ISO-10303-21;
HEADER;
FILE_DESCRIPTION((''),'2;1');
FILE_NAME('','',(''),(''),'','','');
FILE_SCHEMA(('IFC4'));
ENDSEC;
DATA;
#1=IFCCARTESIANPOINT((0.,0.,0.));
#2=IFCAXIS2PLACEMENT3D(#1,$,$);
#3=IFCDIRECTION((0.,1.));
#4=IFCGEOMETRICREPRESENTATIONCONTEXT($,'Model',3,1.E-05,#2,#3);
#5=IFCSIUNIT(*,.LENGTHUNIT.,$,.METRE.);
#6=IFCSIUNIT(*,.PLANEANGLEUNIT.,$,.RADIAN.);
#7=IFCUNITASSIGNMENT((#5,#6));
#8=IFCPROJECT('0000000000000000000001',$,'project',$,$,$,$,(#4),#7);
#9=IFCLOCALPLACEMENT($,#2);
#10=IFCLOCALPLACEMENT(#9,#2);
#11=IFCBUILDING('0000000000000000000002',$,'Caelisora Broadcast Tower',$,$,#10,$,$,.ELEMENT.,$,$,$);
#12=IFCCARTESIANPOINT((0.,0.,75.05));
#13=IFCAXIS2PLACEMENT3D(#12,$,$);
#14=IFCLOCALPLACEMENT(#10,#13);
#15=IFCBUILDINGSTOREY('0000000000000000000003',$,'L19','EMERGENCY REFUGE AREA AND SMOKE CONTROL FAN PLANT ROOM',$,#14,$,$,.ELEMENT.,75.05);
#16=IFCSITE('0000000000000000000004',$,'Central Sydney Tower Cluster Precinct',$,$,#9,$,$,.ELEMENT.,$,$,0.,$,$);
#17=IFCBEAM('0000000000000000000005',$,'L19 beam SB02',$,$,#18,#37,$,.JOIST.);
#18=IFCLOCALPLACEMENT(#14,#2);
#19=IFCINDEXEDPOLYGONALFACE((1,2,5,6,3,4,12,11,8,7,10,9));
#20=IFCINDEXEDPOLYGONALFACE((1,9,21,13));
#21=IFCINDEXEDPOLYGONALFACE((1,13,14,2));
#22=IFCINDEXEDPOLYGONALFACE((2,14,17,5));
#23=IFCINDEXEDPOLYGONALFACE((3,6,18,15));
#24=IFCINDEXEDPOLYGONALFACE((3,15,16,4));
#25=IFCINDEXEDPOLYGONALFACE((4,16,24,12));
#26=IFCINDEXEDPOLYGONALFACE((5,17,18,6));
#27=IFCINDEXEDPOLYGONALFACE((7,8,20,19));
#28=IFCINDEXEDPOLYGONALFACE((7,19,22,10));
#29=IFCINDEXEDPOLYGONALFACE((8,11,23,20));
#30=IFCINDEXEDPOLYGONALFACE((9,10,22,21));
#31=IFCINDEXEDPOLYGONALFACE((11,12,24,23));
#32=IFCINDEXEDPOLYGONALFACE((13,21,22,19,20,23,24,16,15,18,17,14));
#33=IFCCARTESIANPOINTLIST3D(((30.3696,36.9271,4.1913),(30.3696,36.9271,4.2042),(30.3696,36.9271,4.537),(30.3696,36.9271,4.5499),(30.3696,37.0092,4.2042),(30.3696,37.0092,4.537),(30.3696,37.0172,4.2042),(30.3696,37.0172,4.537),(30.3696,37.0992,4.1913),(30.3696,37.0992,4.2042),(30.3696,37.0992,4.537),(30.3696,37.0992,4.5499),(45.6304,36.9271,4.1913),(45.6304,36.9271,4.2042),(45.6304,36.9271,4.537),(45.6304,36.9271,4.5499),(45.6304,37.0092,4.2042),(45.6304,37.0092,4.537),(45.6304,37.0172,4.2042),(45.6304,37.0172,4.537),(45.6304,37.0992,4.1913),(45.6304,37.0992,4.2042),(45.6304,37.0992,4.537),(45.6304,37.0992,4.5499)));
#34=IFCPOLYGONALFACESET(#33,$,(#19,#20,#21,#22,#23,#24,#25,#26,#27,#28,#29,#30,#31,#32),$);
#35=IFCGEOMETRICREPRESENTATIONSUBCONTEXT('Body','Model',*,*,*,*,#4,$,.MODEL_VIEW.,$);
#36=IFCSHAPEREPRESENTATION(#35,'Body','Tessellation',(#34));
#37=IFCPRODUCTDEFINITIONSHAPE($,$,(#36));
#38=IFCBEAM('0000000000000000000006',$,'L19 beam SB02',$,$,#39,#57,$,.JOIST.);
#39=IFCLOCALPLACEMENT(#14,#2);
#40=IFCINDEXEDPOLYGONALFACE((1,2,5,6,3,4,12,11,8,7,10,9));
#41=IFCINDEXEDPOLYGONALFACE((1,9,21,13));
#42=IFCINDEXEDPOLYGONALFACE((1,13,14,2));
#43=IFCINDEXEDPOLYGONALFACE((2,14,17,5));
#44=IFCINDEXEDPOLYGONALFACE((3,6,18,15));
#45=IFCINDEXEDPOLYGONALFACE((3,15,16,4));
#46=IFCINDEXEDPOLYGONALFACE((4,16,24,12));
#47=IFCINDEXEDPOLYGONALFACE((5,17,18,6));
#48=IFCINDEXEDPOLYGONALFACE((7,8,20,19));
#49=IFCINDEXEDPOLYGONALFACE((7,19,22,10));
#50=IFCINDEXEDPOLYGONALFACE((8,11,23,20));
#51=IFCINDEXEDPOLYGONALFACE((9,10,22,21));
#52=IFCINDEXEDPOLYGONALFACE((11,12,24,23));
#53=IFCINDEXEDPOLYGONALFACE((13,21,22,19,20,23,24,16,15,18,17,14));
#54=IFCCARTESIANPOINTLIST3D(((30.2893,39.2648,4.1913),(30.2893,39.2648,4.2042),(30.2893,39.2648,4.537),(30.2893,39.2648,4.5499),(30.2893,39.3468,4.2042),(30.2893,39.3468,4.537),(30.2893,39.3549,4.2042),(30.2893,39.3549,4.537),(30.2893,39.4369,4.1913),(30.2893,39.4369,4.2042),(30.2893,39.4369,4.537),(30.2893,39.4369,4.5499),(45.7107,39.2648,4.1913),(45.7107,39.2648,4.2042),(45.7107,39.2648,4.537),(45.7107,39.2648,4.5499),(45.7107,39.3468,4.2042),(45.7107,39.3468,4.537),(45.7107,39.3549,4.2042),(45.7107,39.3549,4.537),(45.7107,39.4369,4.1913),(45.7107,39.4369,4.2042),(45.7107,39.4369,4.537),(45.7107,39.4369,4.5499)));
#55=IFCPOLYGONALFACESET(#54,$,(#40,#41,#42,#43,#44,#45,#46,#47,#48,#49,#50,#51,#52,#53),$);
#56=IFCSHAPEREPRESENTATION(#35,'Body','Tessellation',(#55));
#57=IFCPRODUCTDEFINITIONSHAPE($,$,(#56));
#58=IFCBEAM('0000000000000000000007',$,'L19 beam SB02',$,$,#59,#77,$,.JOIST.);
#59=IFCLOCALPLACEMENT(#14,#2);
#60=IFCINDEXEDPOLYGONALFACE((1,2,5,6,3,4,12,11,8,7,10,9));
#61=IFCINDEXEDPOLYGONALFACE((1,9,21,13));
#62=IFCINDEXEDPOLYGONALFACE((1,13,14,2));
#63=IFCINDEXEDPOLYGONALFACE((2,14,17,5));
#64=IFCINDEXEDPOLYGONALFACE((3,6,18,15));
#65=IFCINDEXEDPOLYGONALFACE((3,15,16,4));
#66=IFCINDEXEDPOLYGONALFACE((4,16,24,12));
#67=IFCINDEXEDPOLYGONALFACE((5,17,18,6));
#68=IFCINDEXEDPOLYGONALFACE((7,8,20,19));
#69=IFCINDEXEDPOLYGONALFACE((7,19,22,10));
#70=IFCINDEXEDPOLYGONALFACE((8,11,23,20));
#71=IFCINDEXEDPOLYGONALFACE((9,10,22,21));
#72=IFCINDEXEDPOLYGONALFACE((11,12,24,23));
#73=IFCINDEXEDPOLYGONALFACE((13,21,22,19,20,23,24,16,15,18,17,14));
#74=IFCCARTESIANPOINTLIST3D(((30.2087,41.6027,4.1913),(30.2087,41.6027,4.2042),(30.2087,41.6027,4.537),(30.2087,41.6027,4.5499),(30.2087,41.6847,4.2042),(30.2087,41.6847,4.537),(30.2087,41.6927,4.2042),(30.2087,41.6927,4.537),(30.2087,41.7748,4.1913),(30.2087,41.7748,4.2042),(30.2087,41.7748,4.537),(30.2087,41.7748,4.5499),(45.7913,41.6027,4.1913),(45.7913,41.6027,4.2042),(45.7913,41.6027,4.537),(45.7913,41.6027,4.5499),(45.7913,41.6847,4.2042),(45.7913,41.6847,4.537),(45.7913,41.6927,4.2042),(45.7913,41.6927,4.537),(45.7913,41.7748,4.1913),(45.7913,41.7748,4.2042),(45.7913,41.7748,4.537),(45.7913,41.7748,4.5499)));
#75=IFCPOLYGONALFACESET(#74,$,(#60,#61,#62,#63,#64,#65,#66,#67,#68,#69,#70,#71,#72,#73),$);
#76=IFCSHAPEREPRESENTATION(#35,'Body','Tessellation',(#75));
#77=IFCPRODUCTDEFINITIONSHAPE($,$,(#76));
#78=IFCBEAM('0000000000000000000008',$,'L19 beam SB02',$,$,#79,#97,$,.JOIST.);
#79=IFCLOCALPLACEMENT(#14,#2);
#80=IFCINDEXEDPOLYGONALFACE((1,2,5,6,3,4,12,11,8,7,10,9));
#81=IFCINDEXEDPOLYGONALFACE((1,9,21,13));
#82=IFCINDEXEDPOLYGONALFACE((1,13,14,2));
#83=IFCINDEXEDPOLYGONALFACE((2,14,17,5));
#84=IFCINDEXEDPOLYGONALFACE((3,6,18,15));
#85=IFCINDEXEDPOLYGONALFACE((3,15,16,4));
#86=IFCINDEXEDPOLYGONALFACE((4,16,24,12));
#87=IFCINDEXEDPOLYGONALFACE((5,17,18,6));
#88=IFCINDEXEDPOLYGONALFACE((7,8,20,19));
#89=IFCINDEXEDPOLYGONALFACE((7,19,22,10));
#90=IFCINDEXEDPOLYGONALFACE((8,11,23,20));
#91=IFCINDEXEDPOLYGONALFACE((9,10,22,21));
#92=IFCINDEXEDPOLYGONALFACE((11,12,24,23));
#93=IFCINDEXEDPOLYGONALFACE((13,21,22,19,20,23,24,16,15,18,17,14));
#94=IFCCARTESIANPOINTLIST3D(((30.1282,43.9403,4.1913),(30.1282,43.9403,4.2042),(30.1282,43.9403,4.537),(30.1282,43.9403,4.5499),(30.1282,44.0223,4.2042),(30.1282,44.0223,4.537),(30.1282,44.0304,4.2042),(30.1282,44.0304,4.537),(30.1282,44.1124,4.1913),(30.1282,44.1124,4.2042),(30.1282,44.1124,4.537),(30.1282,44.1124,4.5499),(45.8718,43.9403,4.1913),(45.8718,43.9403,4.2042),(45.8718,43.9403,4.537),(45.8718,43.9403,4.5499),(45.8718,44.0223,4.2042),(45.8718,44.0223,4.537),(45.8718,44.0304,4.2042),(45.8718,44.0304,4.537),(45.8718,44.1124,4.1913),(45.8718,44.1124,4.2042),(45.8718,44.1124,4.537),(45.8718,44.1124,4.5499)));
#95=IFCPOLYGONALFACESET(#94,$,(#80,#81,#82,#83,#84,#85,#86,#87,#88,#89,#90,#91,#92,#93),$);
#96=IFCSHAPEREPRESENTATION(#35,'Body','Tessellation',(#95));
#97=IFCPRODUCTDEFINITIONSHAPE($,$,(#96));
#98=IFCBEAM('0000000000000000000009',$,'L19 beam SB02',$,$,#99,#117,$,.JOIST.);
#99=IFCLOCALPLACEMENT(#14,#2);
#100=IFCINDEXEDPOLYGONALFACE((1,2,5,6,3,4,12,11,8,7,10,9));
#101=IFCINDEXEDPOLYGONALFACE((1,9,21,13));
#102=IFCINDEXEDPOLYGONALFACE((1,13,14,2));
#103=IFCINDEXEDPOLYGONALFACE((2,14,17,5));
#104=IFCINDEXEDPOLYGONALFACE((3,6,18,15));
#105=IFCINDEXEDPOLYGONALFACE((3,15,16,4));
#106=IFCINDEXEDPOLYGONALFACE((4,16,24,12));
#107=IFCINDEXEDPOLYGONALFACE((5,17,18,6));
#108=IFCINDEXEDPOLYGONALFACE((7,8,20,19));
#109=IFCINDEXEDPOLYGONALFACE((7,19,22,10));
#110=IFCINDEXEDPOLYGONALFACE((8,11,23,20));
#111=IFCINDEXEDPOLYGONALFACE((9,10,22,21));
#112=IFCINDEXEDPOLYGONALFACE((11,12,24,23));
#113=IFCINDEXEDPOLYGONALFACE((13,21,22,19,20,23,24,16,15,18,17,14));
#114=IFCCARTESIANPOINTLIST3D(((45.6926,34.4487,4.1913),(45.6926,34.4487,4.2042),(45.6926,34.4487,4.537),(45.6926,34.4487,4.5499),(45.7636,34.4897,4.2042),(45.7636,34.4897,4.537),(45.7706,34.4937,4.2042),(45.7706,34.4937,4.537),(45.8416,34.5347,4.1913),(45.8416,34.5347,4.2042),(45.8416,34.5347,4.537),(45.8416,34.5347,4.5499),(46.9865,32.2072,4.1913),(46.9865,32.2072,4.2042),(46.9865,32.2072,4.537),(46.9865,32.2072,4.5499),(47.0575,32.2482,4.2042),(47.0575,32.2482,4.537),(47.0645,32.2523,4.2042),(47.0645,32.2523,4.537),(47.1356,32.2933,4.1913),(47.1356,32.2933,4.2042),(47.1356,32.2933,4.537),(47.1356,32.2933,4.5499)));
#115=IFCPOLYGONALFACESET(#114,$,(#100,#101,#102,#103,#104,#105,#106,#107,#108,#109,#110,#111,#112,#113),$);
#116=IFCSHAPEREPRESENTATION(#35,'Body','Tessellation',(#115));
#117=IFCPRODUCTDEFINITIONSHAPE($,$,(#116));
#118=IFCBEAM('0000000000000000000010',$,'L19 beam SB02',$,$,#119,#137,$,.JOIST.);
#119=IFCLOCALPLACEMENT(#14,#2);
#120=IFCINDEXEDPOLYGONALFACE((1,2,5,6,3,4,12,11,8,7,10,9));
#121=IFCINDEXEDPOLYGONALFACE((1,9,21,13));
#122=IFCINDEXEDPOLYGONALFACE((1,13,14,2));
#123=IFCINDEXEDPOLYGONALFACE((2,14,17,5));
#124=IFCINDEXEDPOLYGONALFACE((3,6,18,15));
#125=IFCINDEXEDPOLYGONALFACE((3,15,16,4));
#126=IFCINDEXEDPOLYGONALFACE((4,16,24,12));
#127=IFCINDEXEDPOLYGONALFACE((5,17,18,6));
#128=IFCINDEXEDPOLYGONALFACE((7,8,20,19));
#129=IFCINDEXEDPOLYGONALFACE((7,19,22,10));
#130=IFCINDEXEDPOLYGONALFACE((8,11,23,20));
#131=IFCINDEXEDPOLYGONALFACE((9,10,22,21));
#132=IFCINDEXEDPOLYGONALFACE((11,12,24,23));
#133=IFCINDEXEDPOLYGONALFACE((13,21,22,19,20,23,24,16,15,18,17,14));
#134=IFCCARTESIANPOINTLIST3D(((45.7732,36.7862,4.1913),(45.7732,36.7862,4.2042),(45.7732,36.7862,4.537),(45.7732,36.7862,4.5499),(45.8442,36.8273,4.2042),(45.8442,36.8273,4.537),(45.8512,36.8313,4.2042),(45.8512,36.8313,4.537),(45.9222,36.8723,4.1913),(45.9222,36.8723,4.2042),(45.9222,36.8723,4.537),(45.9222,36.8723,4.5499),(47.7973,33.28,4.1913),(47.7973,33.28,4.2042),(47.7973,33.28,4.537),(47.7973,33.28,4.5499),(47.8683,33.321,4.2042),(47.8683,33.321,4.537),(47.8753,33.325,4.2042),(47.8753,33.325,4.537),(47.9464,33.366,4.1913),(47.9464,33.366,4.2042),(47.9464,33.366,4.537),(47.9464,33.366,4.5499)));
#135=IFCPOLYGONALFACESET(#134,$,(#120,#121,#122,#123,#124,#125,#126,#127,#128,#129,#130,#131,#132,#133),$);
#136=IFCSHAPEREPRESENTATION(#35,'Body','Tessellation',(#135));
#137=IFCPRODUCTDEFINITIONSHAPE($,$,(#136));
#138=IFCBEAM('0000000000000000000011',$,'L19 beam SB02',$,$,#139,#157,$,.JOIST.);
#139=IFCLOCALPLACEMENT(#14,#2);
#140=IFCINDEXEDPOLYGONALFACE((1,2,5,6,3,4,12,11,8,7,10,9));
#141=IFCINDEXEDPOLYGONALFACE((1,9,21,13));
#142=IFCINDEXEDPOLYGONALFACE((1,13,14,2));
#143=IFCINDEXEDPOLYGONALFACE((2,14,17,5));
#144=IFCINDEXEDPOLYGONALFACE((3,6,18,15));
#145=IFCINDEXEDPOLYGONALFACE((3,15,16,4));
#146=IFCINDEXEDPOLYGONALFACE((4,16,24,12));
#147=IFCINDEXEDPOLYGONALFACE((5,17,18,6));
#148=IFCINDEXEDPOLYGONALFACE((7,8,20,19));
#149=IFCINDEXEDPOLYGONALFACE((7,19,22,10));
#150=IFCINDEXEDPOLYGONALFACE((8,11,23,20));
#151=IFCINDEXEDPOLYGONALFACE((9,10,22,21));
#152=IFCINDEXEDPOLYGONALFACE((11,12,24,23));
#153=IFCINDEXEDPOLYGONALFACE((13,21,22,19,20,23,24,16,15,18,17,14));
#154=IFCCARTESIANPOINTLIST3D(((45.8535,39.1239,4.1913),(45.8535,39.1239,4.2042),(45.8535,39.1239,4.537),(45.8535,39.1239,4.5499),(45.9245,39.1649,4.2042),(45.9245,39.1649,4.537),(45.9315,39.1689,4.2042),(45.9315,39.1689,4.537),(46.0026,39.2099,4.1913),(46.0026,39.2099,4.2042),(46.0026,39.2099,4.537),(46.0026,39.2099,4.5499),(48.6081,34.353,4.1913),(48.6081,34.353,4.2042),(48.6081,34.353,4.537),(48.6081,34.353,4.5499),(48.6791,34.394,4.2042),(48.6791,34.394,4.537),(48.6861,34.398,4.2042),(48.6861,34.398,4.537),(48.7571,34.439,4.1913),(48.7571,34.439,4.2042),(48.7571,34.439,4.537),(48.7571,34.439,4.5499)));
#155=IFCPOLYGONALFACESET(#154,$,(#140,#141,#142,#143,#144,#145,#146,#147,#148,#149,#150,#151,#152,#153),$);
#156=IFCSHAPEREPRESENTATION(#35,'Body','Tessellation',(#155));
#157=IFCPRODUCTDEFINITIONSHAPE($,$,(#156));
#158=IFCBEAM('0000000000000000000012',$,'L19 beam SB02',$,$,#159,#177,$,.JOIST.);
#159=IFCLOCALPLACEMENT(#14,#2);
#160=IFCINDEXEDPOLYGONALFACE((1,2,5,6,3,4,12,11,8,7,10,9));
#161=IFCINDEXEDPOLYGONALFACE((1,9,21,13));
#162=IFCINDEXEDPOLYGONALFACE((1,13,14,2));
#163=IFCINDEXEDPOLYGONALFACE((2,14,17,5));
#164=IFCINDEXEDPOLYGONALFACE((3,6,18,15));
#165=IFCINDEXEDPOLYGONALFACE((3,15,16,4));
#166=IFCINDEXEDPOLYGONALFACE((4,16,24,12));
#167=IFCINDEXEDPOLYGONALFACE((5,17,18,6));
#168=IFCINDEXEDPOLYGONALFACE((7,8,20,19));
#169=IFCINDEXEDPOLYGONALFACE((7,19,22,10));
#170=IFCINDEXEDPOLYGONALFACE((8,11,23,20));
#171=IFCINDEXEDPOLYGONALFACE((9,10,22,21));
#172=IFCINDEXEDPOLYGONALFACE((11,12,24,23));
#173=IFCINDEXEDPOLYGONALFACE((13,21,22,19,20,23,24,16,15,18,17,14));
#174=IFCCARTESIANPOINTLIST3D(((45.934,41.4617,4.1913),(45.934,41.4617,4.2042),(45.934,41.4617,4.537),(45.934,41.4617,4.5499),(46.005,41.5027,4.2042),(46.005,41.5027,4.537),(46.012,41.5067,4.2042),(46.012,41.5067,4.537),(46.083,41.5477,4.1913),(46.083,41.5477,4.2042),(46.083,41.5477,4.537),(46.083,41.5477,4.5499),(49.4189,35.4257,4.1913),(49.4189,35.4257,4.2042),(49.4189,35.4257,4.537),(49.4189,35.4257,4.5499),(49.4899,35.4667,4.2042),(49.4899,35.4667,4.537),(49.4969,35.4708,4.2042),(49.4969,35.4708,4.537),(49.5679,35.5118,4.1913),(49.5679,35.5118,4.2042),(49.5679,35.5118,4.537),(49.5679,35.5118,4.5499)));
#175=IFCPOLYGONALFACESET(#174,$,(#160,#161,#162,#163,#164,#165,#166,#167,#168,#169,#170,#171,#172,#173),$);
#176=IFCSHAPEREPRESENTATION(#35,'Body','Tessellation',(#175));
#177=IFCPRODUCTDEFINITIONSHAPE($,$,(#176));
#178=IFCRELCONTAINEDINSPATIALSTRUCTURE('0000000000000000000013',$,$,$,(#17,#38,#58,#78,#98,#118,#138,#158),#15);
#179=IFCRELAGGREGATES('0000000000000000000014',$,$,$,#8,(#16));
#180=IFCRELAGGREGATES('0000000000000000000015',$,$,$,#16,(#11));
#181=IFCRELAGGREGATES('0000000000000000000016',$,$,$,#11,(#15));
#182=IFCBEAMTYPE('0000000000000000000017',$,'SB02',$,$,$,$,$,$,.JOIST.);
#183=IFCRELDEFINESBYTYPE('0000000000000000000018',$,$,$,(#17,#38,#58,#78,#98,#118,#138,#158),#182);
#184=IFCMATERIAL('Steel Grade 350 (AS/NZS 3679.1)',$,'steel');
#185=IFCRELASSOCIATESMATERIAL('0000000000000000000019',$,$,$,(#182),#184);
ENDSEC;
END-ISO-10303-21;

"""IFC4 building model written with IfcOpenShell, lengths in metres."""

from ifc_helpers import new_model, si_unit, direction, frame, origin, origin_2d, place, context, subcontext, project, spatial, i_section, extrude, source, transform, mapped, material, material_profile, profile_set, type_object, element, save


model = new_model("IFC4")

# Units and contexts
model_context = context("Model", 3, precision=1e-05, world=origin(), true_north=direction((0.0, 1.0)))
body_context = subcontext(model_context, "Body", "Model", "MODEL_VIEW")
ifc_project = project(units=[si_unit("LENGTHUNIT", "METRE"), si_unit("PLANEANGLEUNIT", "RADIAN")], contexts=[model_context])

# Site, building, storey
site_placement = place(None, origin())
site = spatial("IfcSite", under=ifc_project, at=site_placement, Name="Central Sydney Tower Cluster Precinct", CompositionType="ELEMENT", RefElevation=0.0)
building_placement = place(site_placement, origin())
building = spatial("IfcBuilding", under=site, at=building_placement, Name="Caelisora Broadcast Tower", CompositionType="ELEMENT")
storey_placement = place(building_placement, frame((0.0, 0.0, 75.05)))
storey = spatial("IfcBuildingStorey", under=building, at=storey_placement, Name="L19", Description="EMERGENCY REFUGE AREA AND SMOKE CONTROL FAN PLANT ROOM", CompositionType="ELEMENT", Elevation=75.05)

# Beams
ifc_material_1 = material(Name="Steel Grade 350 (AS/NZS 3679.1)", Category="steel")
ifc_material_profile_1 = material_profile(ifc_material_1, i_section(OverallWidth=0.1721, OverallDepth=0.3586, WebThickness=0.0081, FlangeThickness=0.0129, at=origin_2d()), Name="Steel Grade 350 (AS/NZS 3679.1)")
ifc_profile_set_1 = profile_set([ifc_material_profile_1], Name="Steel Grade 350 (AS/NZS 3679.1)")
beam_type_1 = type_object("IfcBeamType", Name="SB02", PredefinedType="JOIST", material=ifc_profile_set_1)
shared_shape_1 = source(origin(), body_context, "Body", "SweptSolid", [
    extrude(i_section(OverallWidth=0.1721, OverallDepth=0.3586, WebThickness=0.0081, FlangeThickness=0.0129, at=origin_2d()), origin(), (0.0, 0.0, 1.0), 15.2607),
])
beam_1_placement = place(storey_placement, frame((45.6304, 37.0132, 4.3706), z_axis=(-1.0, 0.0, 0.0), x_axis=(0.0, -1.0, 0.0)))
element("IfcBeam", 1, at=beam_1_placement, inside=storey, type_object=beam_type_1, Name="L19 beam SB02", PredefinedType="JOIST", context=body_context, shape_type="MappedRepresentation", body=[
    mapped(shared_shape_1, transform((0.0, 0.0, 0.0), scale=1.0)),
])
shared_shape_2 = source(origin(), body_context, "Body", "SweptSolid", [
    extrude(i_section(OverallWidth=0.1721, OverallDepth=0.3586, WebThickness=0.0081, FlangeThickness=0.0129, at=origin_2d()), origin(), (0.0, 0.0, 1.0), 15.4214),
])
beam_2_placement = place(storey_placement, frame((45.7107, 39.3508, 4.3706), z_axis=(-1.0, 0.0, 0.0), x_axis=(0.0, -1.0, 0.0)))
element("IfcBeam", 2, at=beam_2_placement, inside=storey, type_object=beam_type_1, Name="L19 beam SB02", PredefinedType="JOIST", context=body_context, shape_type="MappedRepresentation", body=[
    mapped(shared_shape_2, transform((0.0, 0.0, 0.0), scale=1.0)),
])
shared_shape_3 = source(origin(), body_context, "Body", "SweptSolid", [
    extrude(i_section(OverallWidth=0.1721, OverallDepth=0.3586, WebThickness=0.0081, FlangeThickness=0.0129, at=origin_2d()), origin(), (0.0, 0.0, 1.0), 15.5825),
])
beam_3_placement = place(storey_placement, frame((45.7913, 41.6887, 4.3706), z_axis=(-1.0, 0.0, 0.0), x_axis=(0.0, -1.0, 0.0)))
element("IfcBeam", 3, at=beam_3_placement, inside=storey, type_object=beam_type_1, Name="L19 beam SB02", PredefinedType="JOIST", context=body_context, shape_type="MappedRepresentation", body=[
    mapped(shared_shape_3, transform((0.0, 0.0, 0.0), scale=1.0)),
])
shared_shape_4 = source(origin(), body_context, "Body", "SweptSolid", [
    extrude(i_section(OverallWidth=0.1721, OverallDepth=0.3586, WebThickness=0.0081, FlangeThickness=0.0129, at=origin_2d()), origin(), (0.0, 0.0, 1.0), 15.7437),
])
beam_4_placement = place(storey_placement, frame((45.8718, 44.0264, 4.3706), z_axis=(-1.0, 0.0, 0.0), x_axis=(0.0, -1.0, 0.0)))
element("IfcBeam", 4, at=beam_4_placement, inside=storey, type_object=beam_type_1, Name="L19 beam SB02", PredefinedType="JOIST", context=body_context, shape_type="MappedRepresentation", body=[
    mapped(shared_shape_4, transform((0.0, 0.0, 0.0), scale=1.0)),
])
shared_shape_5 = source(origin(), body_context, "Body", "SweptSolid", [
    extrude(i_section(OverallWidth=0.1721, OverallDepth=0.3586, WebThickness=0.0081, FlangeThickness=0.0129, at=origin_2d()), origin(), (0.0, 0.0, 1.0), 2.5881),
])
beam_5_placement = place(storey_placement, frame((47.061, 32.2502, 4.3706), z_axis=(-0.499954, 0.866052, 0.0), x_axis=(-0.866052, -0.499954, 0.0)))
element("IfcBeam", 5, at=beam_5_placement, inside=storey, type_object=beam_type_1, Name="L19 beam SB02", PredefinedType="JOIST", context=body_context, shape_type="MappedRepresentation", body=[
    mapped(shared_shape_5, transform((0.0, 0.0, 0.0), scale=1.0)),
])
shared_shape_6 = source(origin(), body_context, "Body", "SweptSolid", [
    extrude(i_section(OverallWidth=0.1721, OverallDepth=0.3586, WebThickness=0.0081, FlangeThickness=0.0129, at=origin_2d()), origin(), (0.0, 0.0, 1.0), 4.0486),
])
beam_6_placement = place(storey_placement, frame((47.8718, 33.323, 4.3706), z_axis=(-0.499959, 0.866049, 0.0), x_axis=(-0.866049, -0.499959, 0.0)))
element("IfcBeam", 6, at=beam_6_placement, inside=storey, type_object=beam_type_1, Name="L19 beam SB02", PredefinedType="JOIST", context=body_context, shape_type="MappedRepresentation", body=[
    mapped(shared_shape_6, transform((0.0, 0.0, 0.0), scale=1.0)),
])
shared_shape_7 = source(origin(), body_context, "Body", "SweptSolid", [
    extrude(i_section(OverallWidth=0.1721, OverallDepth=0.3586, WebThickness=0.0081, FlangeThickness=0.0129, at=origin_2d()), origin(), (0.0, 0.0, 1.0), 5.509),
])
beam_7_placement = place(storey_placement, frame((48.6826, 34.396, 4.3706), z_axis=(-0.500014, 0.866017, 0.0), x_axis=(-0.866017, -0.500014, 0.0)))
element("IfcBeam", 7, at=beam_7_placement, inside=storey, type_object=beam_type_1, Name="L19 beam SB02", PredefinedType="JOIST", context=body_context, shape_type="MappedRepresentation", body=[
    mapped(shared_shape_7, transform((0.0, 0.0, 0.0), scale=1.0)),
])
shared_shape_8 = source(origin(), body_context, "Body", "SweptSolid", [
    extrude(i_section(OverallWidth=0.1721, OverallDepth=0.3586, WebThickness=0.0081, FlangeThickness=0.0129, at=origin_2d()), origin(), (0.0, 0.0, 1.0), 6.9697),
])
beam_8_placement = place(storey_placement, frame((49.4934, 35.4688, 4.3706), z_axis=(-0.500004, 0.866023, 0.0), x_axis=(-0.866023, -0.500004, 0.0)))
element("IfcBeam", 8, at=beam_8_placement, inside=storey, type_object=beam_type_1, Name="L19 beam SB02", PredefinedType="JOIST", context=body_context, shape_type="MappedRepresentation", body=[
    mapped(shared_shape_8, transform((0.0, 0.0, 0.0), scale=1.0)),
])

save(model, "model.ifc")
